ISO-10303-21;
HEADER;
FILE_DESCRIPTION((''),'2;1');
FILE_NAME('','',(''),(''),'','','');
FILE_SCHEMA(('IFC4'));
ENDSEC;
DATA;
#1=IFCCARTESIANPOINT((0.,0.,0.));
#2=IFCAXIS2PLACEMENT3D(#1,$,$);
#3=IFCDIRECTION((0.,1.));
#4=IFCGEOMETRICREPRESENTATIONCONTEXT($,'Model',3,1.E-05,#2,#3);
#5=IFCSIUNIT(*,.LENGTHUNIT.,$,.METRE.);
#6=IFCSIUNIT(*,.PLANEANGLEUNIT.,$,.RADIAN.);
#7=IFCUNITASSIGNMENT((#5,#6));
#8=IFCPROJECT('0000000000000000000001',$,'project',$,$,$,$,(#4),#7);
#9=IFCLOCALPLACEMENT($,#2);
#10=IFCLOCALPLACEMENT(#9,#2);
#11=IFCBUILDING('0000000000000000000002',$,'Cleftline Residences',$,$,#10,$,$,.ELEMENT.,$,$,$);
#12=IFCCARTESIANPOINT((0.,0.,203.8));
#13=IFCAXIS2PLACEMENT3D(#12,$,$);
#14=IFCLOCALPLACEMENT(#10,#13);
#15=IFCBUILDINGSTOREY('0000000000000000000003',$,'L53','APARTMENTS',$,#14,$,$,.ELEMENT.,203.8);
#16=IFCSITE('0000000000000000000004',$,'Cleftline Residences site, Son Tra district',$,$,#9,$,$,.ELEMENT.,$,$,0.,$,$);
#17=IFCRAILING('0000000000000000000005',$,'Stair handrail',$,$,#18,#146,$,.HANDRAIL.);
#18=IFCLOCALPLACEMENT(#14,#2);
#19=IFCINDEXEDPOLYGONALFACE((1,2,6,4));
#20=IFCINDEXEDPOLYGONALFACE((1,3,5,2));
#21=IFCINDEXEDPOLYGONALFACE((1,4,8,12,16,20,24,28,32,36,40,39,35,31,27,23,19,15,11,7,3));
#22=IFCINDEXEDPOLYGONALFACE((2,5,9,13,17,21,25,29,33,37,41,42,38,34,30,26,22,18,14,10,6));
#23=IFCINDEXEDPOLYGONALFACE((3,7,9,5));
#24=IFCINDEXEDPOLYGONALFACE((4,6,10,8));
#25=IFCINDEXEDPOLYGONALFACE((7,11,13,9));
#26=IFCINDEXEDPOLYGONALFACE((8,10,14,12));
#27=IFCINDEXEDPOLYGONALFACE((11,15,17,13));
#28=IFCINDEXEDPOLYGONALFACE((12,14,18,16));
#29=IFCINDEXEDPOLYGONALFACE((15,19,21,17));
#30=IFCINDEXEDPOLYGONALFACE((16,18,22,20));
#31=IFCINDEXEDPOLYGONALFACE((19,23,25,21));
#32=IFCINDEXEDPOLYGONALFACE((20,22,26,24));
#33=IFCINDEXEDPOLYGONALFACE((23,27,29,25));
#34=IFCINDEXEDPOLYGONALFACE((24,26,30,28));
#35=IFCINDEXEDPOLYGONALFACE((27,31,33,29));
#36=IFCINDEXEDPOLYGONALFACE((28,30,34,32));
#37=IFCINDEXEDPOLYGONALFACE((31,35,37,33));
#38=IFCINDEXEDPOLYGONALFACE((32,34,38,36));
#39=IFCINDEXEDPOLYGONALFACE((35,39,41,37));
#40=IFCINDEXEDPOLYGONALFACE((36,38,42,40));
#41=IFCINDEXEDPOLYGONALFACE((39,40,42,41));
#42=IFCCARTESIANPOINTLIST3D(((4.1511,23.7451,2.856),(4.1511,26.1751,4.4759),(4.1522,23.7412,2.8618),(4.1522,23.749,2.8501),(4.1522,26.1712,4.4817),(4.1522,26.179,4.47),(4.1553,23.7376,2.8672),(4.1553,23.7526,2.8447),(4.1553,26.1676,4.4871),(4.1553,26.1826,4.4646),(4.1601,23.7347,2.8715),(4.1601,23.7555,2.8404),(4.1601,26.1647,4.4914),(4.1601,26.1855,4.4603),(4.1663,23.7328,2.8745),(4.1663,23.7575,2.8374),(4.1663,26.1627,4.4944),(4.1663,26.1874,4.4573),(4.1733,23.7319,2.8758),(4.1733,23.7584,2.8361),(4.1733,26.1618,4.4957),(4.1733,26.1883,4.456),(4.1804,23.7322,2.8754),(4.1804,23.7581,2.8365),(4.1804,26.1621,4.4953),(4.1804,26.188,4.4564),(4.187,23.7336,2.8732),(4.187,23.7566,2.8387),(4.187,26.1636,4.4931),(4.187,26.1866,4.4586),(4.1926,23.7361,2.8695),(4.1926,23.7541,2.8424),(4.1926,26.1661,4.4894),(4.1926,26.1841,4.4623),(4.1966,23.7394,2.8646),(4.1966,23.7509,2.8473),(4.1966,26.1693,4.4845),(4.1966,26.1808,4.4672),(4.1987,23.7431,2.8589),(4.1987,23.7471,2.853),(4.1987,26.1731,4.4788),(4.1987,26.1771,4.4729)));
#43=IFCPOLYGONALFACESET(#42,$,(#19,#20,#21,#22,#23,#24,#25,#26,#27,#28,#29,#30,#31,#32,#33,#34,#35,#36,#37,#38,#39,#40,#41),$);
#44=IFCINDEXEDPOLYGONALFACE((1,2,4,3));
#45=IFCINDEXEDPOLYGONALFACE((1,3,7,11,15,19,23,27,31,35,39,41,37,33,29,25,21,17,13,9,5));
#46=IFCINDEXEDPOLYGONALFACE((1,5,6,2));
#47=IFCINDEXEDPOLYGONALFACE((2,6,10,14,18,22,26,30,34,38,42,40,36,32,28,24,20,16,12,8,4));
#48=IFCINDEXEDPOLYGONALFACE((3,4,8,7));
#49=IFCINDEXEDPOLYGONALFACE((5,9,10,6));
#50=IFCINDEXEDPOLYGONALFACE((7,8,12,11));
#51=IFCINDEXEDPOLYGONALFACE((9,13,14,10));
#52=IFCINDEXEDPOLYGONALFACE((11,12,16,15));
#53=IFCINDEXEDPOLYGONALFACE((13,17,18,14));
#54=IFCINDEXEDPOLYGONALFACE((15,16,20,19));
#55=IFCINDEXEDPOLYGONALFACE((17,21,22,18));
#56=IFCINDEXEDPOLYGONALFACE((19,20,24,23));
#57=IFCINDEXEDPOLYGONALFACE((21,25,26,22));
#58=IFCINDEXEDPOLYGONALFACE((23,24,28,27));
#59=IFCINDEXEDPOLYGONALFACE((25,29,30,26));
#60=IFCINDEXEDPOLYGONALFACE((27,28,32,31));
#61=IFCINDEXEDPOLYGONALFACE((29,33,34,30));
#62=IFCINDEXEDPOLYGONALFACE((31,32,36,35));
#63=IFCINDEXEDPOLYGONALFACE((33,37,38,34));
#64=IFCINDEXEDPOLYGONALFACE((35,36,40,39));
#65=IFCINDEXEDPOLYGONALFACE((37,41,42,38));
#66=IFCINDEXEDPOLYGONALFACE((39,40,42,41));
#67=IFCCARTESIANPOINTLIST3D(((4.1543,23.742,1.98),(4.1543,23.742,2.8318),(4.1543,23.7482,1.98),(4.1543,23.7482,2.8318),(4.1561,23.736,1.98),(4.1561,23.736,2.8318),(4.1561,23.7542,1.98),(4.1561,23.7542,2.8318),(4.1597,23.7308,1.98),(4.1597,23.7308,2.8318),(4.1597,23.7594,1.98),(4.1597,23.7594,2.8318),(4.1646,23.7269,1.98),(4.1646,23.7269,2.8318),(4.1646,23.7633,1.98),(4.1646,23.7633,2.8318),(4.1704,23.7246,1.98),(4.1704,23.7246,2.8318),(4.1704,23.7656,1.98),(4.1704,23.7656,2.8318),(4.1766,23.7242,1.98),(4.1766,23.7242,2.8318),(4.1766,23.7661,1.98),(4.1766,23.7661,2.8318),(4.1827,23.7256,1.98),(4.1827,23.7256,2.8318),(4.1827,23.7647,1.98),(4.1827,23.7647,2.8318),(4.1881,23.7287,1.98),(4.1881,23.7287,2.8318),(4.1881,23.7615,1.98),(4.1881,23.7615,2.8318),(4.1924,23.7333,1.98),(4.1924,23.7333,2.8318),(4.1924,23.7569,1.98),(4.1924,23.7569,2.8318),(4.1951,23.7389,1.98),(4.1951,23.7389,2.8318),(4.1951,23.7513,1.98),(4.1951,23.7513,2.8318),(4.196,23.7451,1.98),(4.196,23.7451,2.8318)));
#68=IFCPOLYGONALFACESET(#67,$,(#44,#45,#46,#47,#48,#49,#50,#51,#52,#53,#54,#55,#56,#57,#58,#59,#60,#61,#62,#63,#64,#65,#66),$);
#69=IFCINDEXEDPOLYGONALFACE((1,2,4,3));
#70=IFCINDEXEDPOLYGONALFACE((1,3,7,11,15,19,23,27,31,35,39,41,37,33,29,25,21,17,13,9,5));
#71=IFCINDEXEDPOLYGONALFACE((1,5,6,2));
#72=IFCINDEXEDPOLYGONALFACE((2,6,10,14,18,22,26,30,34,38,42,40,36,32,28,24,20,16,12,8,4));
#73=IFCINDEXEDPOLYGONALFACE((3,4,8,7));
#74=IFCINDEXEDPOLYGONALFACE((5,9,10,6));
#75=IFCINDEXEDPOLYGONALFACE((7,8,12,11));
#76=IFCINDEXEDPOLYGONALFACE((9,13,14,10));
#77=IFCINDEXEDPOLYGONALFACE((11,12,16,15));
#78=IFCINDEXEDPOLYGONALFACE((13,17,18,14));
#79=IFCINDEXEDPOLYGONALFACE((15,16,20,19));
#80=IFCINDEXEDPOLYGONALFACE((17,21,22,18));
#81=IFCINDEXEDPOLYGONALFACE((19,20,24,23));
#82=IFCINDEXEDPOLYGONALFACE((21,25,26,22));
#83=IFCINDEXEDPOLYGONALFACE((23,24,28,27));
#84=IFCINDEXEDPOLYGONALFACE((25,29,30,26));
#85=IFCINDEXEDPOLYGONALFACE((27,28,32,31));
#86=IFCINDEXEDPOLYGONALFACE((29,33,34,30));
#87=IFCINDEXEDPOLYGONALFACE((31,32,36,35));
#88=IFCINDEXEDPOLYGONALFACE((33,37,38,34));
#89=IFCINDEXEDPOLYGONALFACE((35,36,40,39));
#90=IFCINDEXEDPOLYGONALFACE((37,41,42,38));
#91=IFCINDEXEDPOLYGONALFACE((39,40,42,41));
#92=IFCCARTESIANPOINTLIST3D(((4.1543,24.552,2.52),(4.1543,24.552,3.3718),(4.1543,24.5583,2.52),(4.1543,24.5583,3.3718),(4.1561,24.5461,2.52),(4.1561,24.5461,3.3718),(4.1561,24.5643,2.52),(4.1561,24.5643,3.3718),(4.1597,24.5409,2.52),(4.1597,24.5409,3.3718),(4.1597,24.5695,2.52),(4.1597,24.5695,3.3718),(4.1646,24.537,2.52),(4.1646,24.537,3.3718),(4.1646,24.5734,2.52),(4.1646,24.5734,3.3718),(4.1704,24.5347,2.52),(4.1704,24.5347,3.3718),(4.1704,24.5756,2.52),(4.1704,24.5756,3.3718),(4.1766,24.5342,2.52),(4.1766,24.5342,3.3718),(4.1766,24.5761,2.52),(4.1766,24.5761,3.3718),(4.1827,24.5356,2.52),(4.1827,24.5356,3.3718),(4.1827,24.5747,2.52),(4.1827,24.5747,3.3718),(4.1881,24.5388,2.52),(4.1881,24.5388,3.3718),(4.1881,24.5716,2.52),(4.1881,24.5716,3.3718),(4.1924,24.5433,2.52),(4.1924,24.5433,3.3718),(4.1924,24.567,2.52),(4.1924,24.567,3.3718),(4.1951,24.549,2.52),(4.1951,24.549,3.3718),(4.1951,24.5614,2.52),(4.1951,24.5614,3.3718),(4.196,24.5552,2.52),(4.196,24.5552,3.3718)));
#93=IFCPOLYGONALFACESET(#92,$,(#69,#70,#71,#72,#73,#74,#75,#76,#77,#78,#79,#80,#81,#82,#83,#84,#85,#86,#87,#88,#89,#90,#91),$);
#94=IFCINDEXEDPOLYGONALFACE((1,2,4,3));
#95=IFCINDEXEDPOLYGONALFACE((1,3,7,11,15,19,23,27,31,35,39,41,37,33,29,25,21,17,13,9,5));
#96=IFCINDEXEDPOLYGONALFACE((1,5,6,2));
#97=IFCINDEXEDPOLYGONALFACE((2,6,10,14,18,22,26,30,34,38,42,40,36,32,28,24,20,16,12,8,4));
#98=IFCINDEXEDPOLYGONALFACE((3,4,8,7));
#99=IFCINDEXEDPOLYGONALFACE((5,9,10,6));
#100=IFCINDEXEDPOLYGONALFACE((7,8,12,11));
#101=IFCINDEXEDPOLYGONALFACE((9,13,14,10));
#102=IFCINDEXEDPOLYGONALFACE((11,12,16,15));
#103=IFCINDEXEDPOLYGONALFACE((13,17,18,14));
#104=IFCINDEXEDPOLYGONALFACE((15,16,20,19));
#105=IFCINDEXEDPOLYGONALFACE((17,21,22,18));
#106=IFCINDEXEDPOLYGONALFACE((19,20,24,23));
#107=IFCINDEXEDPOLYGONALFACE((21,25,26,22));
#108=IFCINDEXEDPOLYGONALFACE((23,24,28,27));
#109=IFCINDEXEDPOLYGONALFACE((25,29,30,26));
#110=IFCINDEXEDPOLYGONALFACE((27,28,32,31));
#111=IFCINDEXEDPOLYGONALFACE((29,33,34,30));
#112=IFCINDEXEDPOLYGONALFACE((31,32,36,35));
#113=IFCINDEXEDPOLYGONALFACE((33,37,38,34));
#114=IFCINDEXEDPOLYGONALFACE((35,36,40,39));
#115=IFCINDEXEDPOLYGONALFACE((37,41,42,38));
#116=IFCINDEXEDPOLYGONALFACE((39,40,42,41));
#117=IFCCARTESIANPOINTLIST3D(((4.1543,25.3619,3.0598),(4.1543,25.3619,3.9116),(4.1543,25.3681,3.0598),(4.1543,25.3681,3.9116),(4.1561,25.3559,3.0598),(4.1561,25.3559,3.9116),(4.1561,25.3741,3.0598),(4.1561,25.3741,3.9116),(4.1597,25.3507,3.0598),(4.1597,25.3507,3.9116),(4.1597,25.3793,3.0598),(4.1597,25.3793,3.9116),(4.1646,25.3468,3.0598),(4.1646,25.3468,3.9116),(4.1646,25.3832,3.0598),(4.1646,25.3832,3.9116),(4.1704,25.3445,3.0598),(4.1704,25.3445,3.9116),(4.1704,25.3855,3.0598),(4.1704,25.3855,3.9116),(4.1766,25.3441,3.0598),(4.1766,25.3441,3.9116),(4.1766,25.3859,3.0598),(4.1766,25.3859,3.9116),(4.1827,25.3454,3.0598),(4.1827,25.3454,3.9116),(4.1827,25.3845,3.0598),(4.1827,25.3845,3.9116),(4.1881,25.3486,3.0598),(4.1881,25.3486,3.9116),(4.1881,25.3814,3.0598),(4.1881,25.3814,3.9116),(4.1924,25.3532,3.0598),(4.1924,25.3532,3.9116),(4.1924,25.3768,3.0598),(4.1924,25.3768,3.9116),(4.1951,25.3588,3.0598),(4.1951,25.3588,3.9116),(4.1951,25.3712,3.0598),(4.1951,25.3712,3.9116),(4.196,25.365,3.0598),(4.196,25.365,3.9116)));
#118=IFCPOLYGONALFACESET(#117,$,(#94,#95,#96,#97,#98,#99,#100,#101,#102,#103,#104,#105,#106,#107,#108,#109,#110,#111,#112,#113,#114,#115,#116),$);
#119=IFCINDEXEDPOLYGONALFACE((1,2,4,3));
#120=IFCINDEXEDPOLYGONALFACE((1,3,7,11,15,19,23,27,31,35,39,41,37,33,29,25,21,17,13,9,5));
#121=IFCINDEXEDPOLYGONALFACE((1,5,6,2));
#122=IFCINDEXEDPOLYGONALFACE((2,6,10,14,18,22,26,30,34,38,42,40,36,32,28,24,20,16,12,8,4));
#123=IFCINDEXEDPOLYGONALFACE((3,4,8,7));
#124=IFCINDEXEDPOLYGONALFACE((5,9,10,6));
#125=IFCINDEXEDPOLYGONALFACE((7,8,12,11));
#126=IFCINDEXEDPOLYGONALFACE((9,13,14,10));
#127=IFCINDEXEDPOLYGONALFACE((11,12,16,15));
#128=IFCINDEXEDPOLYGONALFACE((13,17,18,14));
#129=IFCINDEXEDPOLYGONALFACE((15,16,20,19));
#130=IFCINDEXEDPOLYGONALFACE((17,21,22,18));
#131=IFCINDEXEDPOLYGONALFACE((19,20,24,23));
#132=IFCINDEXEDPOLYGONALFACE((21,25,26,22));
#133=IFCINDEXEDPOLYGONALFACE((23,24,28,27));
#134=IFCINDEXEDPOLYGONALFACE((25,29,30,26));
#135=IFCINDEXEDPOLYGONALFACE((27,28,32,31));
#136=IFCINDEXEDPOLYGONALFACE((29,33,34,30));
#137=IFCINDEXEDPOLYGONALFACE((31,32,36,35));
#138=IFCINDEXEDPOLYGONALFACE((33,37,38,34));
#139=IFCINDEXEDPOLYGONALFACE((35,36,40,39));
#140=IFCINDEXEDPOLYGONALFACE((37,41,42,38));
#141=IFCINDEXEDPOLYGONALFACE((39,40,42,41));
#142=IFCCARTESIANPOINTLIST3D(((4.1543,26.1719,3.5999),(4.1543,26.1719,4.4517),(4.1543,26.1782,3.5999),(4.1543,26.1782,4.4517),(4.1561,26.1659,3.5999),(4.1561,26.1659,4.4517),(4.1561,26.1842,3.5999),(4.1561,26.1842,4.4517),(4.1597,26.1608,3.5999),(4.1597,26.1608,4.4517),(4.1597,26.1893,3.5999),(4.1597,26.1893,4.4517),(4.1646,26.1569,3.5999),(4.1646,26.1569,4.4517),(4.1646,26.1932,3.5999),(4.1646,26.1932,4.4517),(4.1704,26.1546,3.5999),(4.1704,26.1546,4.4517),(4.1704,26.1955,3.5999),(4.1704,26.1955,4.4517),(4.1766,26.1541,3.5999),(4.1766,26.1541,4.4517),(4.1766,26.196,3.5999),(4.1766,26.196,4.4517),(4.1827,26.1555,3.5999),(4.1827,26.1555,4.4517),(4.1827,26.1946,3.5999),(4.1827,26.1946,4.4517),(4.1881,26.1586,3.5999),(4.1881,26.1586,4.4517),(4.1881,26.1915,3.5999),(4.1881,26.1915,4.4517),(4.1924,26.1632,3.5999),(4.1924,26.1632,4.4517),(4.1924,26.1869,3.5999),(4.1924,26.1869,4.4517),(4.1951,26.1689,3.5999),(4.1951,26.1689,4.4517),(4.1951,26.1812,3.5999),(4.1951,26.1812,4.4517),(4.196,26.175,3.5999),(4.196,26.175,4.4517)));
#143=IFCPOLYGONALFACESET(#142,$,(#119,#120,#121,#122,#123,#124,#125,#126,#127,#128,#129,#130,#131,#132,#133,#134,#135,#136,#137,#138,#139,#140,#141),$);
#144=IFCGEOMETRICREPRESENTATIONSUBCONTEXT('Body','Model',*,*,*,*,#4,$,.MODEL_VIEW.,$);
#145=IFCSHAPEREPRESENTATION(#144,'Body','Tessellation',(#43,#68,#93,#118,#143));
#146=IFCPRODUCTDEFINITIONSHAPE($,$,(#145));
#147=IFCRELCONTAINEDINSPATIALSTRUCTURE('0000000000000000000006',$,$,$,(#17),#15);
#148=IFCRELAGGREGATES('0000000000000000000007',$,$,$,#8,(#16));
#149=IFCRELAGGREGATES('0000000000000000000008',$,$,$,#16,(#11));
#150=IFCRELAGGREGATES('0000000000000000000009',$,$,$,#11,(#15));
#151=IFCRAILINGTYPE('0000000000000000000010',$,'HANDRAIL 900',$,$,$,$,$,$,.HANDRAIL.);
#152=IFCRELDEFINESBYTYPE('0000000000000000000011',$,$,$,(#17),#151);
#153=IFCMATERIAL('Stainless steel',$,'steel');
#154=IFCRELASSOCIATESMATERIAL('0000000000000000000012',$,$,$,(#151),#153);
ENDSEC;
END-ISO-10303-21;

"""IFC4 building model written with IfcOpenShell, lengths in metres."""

from ifc_helpers import new_model, si_unit, direction, frame, origin, origin_2d, place, context, subcontext, project, spatial, circle, extrude, material, type_object, element, save


model = new_model("IFC4")

# Units and contexts
model_context = context("Model", 3, precision=1e-05, world=origin(), true_north=direction((0.0, 1.0)))
body_context = subcontext(model_context, "Body", "Model", "MODEL_VIEW")
ifc_project = project(units=[si_unit("LENGTHUNIT", "METRE"), si_unit("PLANEANGLEUNIT", "RADIAN")], contexts=[model_context])

# Site, building, storey
site_placement = place(None, origin())
site = spatial("IfcSite", under=ifc_project, at=site_placement, Name="Cleftline Residences site, Son Tra district", CompositionType="ELEMENT", RefElevation=0.0)
building_placement = place(site_placement, origin())
building = spatial("IfcBuilding", under=site, at=building_placement, Name="Cleftline Residences", CompositionType="ELEMENT")
storey_placement = place(building_placement, frame((0.0, 0.0, 203.8)))
storey = spatial("IfcBuildingStorey", under=building, at=storey_placement, Name="L53", Description="APARTMENTS", CompositionType="ELEMENT", Elevation=203.8)

# Railing
ifc_material_1 = material(Name="Stainless steel", Category="steel")
railing_type = type_object("IfcRailingType", Name="HANDRAIL 900", PredefinedType="HANDRAIL", material=ifc_material_1)
railing_placement = place(storey_placement, frame((4.175, 23.7451, 1.98)))
element("IfcRailing", 1, at=railing_placement, inside=storey, type_object=railing_type, Name="Stair handrail", PredefinedType="HANDRAIL", context=body_context, shape_type="SweptSolid", body=[
    extrude(circle(Radius=0.0239, at=origin_2d()), frame((0.0, 0.0, 0.876), z_axis=(0.0, 0.832063, 0.554681), x_axis=(-1.0, 0.0, 0.0)), (0.0, 0.0, 1.0), 2.9204),
    extrude(circle(Radius=0.021, at=origin_2d()), origin(), (0.0, 0.0, 1.0), 0.8518),
    extrude(circle(Radius=0.021, at=origin_2d()), frame((0.0, 0.8101, 0.54)), (0.0, 0.0, 1.0), 0.8518),
    extrude(circle(Radius=0.021, at=origin_2d()), frame((0.0, 1.6199, 1.0798)), (0.0, 0.0, 1.0), 0.8518),
    extrude(circle(Radius=0.021, at=origin_2d()), frame((0.0, 2.4299, 1.6199)), (0.0, 0.0, 1.0), 0.8518),
])

save(model, "model.ifc")
